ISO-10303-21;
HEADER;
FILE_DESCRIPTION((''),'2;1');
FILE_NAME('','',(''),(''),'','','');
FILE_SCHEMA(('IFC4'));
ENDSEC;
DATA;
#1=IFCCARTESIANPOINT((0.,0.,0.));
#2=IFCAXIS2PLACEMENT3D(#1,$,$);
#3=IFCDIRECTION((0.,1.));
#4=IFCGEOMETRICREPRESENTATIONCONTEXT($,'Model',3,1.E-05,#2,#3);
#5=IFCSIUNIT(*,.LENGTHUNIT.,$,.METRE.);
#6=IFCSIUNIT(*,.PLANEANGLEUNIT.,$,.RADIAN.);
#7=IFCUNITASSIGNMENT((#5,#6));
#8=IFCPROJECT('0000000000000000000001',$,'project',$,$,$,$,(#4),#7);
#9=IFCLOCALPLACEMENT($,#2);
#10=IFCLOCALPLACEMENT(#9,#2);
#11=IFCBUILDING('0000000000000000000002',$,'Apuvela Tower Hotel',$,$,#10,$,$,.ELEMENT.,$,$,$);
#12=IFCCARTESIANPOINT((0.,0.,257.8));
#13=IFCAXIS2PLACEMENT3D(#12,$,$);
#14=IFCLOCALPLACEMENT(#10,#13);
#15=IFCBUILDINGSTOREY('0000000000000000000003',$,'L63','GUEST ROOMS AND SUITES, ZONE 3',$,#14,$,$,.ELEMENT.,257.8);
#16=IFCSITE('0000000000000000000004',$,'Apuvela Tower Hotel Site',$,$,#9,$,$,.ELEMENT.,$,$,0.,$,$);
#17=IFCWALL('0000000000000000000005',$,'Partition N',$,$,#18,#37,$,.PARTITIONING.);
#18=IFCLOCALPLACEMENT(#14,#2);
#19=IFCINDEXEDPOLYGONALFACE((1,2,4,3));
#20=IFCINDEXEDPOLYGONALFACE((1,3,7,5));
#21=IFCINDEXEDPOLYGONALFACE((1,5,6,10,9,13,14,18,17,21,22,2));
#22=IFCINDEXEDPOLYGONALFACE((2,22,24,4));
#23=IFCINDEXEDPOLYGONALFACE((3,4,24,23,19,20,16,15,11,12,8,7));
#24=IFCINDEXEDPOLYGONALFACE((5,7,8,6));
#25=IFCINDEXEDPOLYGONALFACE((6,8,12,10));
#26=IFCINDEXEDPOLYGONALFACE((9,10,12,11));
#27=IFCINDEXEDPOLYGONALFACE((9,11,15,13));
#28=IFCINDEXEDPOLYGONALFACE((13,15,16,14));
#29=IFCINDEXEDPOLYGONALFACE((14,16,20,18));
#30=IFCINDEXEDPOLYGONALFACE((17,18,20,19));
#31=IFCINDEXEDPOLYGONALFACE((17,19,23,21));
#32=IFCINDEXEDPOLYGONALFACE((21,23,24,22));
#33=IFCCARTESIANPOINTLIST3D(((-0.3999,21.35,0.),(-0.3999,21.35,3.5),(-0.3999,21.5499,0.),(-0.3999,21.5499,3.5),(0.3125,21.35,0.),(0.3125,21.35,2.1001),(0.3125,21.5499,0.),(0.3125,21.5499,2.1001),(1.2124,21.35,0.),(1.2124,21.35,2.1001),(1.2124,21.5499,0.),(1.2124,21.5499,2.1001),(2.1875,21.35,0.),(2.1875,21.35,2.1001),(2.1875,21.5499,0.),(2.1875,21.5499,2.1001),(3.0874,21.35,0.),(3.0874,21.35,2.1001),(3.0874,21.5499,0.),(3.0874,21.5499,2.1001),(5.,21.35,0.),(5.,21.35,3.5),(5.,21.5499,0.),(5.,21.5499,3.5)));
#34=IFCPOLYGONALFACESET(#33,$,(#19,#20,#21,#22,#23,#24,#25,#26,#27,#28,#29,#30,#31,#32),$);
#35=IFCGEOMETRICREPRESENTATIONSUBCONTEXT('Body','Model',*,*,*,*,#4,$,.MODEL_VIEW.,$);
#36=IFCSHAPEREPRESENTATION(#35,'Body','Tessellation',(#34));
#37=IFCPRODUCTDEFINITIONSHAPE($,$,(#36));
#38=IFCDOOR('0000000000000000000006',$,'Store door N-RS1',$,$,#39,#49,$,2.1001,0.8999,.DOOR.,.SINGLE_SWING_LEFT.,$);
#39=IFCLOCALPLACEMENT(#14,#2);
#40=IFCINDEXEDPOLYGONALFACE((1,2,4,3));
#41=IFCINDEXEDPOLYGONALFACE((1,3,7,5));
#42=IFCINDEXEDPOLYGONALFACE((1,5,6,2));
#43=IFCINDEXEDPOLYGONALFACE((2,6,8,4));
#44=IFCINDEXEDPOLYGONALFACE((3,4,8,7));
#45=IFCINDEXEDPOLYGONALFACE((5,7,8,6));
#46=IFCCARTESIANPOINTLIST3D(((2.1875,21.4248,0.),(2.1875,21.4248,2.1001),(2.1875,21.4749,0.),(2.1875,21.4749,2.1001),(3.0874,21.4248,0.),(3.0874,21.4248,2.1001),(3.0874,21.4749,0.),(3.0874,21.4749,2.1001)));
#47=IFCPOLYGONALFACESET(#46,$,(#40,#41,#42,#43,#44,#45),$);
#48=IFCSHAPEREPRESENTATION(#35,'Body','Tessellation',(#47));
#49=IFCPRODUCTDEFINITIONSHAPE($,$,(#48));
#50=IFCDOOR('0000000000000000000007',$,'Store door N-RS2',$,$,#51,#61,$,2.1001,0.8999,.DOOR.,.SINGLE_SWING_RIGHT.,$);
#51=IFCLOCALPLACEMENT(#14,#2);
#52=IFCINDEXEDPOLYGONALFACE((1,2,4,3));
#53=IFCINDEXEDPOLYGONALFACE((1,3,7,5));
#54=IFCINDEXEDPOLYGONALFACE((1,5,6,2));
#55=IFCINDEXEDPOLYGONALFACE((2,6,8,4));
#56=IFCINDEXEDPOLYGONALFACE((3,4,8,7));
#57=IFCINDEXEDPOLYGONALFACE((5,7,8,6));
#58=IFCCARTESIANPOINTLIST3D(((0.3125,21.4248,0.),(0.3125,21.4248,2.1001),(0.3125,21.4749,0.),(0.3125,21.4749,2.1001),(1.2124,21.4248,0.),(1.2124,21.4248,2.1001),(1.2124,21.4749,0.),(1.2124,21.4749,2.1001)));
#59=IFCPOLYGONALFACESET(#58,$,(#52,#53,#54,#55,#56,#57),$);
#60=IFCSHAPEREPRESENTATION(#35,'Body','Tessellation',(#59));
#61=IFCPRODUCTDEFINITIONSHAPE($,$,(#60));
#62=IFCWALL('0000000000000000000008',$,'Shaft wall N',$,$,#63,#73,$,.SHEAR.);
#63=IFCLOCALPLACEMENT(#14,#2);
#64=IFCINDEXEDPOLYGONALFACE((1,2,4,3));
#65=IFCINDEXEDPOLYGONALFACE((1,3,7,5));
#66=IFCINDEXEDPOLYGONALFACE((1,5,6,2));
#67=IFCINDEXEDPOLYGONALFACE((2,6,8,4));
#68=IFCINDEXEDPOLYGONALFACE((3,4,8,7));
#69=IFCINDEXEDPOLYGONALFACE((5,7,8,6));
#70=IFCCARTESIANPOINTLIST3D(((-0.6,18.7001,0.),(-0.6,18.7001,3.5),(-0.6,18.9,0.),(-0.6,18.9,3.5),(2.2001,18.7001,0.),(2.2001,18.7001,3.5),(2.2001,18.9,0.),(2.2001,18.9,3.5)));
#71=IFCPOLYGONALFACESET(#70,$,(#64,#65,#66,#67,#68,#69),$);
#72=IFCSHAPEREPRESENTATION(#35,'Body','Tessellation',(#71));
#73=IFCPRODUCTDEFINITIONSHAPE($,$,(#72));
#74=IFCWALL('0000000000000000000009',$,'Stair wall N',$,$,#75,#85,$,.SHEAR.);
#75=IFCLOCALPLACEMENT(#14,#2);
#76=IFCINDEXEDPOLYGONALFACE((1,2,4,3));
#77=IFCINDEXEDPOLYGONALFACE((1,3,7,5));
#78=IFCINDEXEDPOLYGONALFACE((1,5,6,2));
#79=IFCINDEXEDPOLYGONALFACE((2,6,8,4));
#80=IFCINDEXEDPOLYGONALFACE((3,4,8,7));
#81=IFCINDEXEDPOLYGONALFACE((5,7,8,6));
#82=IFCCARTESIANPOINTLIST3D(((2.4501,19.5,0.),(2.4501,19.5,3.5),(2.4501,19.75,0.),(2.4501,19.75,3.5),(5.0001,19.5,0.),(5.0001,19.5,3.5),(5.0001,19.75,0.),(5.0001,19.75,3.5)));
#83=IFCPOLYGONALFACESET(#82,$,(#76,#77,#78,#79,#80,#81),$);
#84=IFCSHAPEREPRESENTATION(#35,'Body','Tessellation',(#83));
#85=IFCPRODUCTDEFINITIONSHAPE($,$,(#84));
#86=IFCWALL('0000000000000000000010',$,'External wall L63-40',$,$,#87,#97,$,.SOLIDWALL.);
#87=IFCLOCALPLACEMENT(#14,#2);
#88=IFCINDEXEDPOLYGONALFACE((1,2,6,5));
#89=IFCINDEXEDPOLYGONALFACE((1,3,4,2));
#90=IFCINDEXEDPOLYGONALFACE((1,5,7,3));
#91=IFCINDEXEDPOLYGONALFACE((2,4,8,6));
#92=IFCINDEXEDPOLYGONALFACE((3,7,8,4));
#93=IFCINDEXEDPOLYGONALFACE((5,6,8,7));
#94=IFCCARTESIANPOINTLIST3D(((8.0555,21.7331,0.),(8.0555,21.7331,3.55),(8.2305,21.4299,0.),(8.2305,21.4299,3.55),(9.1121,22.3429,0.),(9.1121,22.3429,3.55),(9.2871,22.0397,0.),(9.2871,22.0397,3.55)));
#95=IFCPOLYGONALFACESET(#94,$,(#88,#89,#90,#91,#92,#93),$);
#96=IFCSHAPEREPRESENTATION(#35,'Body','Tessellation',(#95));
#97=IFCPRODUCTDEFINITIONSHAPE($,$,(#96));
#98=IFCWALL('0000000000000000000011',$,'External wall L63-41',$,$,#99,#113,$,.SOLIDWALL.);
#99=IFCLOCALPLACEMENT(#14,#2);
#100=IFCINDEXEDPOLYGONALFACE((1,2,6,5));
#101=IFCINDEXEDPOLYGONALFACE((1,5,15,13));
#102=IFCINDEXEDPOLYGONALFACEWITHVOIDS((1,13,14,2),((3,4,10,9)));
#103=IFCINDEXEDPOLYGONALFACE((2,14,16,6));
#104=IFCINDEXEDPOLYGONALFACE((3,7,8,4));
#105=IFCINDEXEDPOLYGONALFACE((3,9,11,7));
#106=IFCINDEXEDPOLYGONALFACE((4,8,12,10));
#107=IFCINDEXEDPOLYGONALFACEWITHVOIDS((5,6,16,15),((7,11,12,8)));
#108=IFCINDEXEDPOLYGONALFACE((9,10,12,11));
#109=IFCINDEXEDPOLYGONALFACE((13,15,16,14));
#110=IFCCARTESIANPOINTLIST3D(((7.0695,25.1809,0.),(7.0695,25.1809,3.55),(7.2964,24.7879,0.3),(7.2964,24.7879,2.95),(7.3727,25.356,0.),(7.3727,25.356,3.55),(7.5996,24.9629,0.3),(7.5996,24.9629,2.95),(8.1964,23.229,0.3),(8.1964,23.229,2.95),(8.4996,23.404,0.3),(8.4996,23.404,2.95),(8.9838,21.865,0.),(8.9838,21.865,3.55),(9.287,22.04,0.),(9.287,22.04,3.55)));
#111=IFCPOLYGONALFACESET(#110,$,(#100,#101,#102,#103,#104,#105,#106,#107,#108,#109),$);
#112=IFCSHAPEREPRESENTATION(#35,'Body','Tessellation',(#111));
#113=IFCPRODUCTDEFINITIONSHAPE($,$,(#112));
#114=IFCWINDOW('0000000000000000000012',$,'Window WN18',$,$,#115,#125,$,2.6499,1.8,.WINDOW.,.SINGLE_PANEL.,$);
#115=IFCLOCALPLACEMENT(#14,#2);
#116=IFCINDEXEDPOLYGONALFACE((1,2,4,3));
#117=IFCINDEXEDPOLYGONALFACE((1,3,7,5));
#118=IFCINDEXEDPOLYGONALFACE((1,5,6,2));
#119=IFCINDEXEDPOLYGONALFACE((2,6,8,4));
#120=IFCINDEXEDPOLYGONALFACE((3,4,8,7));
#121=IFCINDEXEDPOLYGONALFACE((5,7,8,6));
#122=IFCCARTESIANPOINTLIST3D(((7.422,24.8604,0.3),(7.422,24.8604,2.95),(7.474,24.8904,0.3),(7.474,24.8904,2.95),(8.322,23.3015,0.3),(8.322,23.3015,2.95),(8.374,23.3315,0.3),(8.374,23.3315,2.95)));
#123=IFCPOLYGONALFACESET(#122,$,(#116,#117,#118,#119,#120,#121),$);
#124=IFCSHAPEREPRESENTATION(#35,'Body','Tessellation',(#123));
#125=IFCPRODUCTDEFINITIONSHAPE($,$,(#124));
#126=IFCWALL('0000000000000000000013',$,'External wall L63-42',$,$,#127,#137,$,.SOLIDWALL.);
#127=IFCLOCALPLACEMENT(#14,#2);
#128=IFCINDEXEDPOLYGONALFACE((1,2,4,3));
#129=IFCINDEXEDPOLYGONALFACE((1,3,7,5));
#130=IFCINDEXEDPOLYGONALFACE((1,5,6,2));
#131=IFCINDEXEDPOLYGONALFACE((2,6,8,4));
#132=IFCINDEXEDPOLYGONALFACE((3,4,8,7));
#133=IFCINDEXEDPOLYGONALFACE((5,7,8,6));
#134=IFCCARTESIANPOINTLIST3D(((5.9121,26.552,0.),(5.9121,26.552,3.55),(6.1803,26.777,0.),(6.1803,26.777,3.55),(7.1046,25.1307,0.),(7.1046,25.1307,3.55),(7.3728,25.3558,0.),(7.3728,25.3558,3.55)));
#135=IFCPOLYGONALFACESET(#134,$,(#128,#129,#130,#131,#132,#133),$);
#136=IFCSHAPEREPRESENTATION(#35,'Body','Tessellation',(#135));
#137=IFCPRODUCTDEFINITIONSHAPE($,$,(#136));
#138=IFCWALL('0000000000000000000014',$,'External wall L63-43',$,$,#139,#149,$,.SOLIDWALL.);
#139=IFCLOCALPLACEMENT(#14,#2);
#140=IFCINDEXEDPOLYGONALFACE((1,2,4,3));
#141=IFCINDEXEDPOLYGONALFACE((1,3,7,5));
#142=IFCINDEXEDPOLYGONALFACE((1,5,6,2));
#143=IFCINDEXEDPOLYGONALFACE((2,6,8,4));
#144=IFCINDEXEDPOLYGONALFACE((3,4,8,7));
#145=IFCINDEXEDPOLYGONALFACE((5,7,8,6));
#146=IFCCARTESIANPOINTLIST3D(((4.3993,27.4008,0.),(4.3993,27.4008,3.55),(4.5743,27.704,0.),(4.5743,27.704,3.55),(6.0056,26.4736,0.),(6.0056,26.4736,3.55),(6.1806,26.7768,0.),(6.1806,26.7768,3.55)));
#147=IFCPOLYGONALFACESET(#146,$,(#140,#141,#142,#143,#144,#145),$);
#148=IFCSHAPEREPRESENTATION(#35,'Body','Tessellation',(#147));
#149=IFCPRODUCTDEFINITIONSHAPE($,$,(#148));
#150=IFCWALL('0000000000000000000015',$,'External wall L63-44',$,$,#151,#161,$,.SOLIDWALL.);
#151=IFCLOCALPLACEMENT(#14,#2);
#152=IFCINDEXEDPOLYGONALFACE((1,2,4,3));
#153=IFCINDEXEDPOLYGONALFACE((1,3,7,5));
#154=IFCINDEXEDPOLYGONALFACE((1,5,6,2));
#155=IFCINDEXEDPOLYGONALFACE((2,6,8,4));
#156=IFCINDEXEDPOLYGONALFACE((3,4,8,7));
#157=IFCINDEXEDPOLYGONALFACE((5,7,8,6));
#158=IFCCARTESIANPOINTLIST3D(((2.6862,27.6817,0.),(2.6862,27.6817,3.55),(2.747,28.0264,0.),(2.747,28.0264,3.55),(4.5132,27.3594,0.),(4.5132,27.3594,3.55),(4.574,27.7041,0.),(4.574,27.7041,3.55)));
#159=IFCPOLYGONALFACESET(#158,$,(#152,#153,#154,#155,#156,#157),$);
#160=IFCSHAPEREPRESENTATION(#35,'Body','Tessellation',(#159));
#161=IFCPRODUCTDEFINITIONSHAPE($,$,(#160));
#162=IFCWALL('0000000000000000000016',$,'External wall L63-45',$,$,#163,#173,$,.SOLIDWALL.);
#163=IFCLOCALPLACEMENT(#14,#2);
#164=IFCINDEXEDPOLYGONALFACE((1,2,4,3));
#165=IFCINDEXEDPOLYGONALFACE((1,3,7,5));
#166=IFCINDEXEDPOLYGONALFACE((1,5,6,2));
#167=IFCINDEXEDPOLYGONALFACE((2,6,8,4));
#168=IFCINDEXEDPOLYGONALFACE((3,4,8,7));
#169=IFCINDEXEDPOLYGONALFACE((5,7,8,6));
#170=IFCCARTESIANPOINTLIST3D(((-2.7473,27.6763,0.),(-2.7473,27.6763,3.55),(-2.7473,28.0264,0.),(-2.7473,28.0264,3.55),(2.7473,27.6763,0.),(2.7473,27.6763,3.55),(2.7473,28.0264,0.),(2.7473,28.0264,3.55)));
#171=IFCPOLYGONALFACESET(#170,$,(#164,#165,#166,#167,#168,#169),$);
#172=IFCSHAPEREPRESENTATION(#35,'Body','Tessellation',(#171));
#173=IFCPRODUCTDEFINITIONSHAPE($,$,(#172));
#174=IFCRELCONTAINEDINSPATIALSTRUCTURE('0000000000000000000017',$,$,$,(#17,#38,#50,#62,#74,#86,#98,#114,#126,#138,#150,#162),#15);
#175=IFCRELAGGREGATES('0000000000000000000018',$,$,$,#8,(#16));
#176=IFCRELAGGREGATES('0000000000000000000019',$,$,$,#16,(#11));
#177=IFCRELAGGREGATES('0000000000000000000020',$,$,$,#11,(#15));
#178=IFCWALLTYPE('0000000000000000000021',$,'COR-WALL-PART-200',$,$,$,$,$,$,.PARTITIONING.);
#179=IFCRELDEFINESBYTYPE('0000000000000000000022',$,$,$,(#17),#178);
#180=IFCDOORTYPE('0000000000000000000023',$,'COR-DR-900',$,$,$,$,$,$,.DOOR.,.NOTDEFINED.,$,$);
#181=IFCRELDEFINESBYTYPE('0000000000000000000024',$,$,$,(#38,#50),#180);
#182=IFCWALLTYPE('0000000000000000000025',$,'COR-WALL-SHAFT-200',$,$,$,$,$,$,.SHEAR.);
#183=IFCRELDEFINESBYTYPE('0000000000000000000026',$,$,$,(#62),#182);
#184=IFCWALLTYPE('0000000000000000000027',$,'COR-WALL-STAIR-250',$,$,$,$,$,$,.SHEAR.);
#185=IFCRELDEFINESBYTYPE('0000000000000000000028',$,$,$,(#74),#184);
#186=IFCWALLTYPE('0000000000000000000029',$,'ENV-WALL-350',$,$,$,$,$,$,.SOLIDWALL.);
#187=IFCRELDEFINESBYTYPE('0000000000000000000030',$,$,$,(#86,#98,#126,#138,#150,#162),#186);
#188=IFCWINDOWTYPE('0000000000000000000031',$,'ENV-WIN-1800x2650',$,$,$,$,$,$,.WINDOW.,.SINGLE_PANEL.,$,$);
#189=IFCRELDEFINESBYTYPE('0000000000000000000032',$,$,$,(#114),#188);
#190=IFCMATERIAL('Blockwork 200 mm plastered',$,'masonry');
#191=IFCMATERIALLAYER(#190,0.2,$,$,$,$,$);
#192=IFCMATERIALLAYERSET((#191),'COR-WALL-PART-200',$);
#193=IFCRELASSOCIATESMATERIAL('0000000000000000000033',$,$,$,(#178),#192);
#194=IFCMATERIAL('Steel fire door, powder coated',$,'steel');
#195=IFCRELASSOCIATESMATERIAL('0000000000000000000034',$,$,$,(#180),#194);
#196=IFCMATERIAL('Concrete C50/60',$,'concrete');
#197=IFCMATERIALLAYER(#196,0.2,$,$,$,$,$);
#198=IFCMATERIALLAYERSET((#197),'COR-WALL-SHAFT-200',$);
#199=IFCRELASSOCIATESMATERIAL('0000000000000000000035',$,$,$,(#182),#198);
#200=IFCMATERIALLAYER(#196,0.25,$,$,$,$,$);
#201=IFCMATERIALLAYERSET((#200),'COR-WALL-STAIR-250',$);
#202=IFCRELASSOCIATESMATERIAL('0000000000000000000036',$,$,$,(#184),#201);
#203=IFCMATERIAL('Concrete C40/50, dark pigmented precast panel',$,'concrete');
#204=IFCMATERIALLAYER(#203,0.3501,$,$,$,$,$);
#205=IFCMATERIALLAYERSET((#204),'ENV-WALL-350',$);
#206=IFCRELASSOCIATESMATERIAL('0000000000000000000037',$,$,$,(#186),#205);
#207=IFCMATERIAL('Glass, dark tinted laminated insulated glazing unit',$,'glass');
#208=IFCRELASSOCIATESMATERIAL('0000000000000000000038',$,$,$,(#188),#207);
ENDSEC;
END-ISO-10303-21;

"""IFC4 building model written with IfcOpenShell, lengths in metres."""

from ifc_helpers import new_model, si_unit, direction, frame, frame_2d, origin, place, context, subcontext, project, spatial, rectangle, extrude, material, layer, layer_set, type_object, element, fill, save


model = new_model("IFC4")

# Units and contexts
model_context = context("Model", 3, precision=1e-05, world=origin(), true_north=direction((0.0, 1.0)))
body_context = subcontext(model_context, "Body", "Model", "MODEL_VIEW")
ifc_project = project(units=[si_unit("LENGTHUNIT", "METRE"), si_unit("PLANEANGLEUNIT", "RADIAN")], contexts=[model_context])

# Site, building, storey
site_placement = place(None, origin())
site = spatial("IfcSite", under=ifc_project, at=site_placement, Name="Apuvela Tower Hotel Site", CompositionType="ELEMENT", RefElevation=0.0)
building_placement = place(site_placement, origin())
building = spatial("IfcBuilding", under=site, at=building_placement, Name="Apuvela Tower Hotel", CompositionType="ELEMENT")
storey_placement = place(building_placement, frame((0.0, 0.0, 257.8)))
storey = spatial("IfcBuildingStorey", under=building, at=storey_placement, Name="L63", Description="GUEST ROOMS AND SUITES, ZONE 3", CompositionType="ELEMENT", Elevation=257.8)

# Wall, openings, doors
ifc_material_1 = material(Name="Blockwork 200 mm plastered", Category="masonry")
ifc_layer_1 = layer(ifc_material_1, 0.2)
ifc_layer_set_1 = layer_set([ifc_layer_1], Name="COR-WALL-PART-200")
wall_type_1 = type_object("IfcWallType", Name="COR-WALL-PART-200", PredefinedType="PARTITIONING", material=ifc_layer_set_1)
wall_1_placement = place(storey_placement, frame((5.0, 21.45, 0.0), z_axis=(0.0, 0.0, 1.0), x_axis=(-1.0, 0.0, 0.0)))
wall_1 = element("IfcWall", 1, at=wall_1_placement, inside=storey, type_object=wall_type_1, Name="Partition N", PredefinedType="PARTITIONING", context=body_context, shape_type="SweptSolid", body=[
    extrude(rectangle(XDim=5.3999, YDim=0.2, at=frame_2d((2.7, 0.0))), origin(), (0.0, 0.0, 1.0), 3.5),
])
opening_1_placement = place(wall_1_placement, frame((1.9126, 0.0, 0.0)))
opening_1 = element("IfcOpeningElement", 2, at=opening_1_placement, cuts=wall_1, PredefinedType="OPENING", context=body_context, shape_type="SweptSolid", body=[
    extrude(rectangle(XDim=0.8999, YDim=2.1001, at=frame_2d((0.45, 1.05))), frame((0.0, 0.1099, 0.0), z_axis=(0.0, -1.0, 0.0), x_axis=(1.0, 0.0, 0.0)), (0.0, 0.0, 1.0), 0.22),
])
opening_2_placement = place(wall_1_placement, frame((3.7876, 0.0, 0.0)))
opening_2 = element("IfcOpeningElement", 3, at=opening_2_placement, cuts=wall_1, PredefinedType="OPENING", context=body_context, shape_type="SweptSolid", body=[
    extrude(rectangle(XDim=0.8999, YDim=2.1001, at=frame_2d((0.45, 1.05))), frame((0.0, 0.1099, 0.0), z_axis=(0.0, -1.0, 0.0), x_axis=(1.0, 0.0, 0.0)), (0.0, 0.0, 1.0), 0.22),
])
ifc_material_2 = material(Name="Steel fire door, powder coated", Category="steel")
door_type_1 = type_object("IfcDoorType", Name="COR-DR-900", OperationType="NOTDEFINED", PredefinedType="DOOR", material=ifc_material_2)
door_1_placement = place(opening_1_placement, frame((0.8999, 0.0, 0.0), z_axis=(0.0, 0.0, 1.0), x_axis=(-1.0, 0.0, 0.0)))
door_1 = element("IfcDoor", 4, at=door_1_placement, inside=storey, type_object=door_type_1, Name="Store door N-RS1", OperationType="SINGLE_SWING_LEFT", OverallHeight=2.1001, OverallWidth=0.8999, PredefinedType="DOOR", context=body_context, shape_type="SweptSolid", body=[
    extrude(rectangle(XDim=0.8999, YDim=2.1001, at=frame_2d((0.45, 1.05))), frame((0.0, 0.0249, 0.0), z_axis=(0.0, -1.0, 0.0), x_axis=(1.0, 0.0, 0.0)), (0.0, 0.0, 1.0), 0.05),
])
fill(opening_1, door_1)
door_2_placement = place(opening_2_placement, frame((0.8999, 0.0, 0.0), z_axis=(0.0, 0.0, 1.0), x_axis=(-1.0, 0.0, 0.0)))
door_2 = element("IfcDoor", 5, at=door_2_placement, inside=storey, type_object=door_type_1, Name="Store door N-RS2", OperationType="SINGLE_SWING_RIGHT", OverallHeight=2.1001, OverallWidth=0.8999, PredefinedType="DOOR", context=body_context, shape_type="SweptSolid", body=[
    extrude(rectangle(XDim=0.8999, YDim=2.1001, at=frame_2d((0.45, 1.05))), frame((0.0, 0.0249, 0.0), z_axis=(0.0, -1.0, 0.0), x_axis=(1.0, 0.0, 0.0)), (0.0, 0.0, 1.0), 0.05),
])
fill(opening_2, door_2)

# Walls
ifc_material_3 = material(Name="Concrete C50/60", Category="concrete")
ifc_layer_2 = layer(ifc_material_3, 0.2)
ifc_layer_set_2 = layer_set([ifc_layer_2], Name="COR-WALL-SHAFT-200")
wall_type_2 = type_object("IfcWallType", Name="COR-WALL-SHAFT-200", PredefinedType="SHEAR", material=ifc_layer_set_2)
wall_2_placement = place(storey_placement, frame((2.2, 18.8, 0.0), z_axis=(0.0, 0.0, 1.0), x_axis=(-1.0, 0.0, 0.0)))
element("IfcWall", 6, at=wall_2_placement, inside=storey, type_object=wall_type_2, Name="Shaft wall N", PredefinedType="SHEAR", context=body_context, shape_type="SweptSolid", body=[
    extrude(rectangle(XDim=2.8, YDim=0.2, at=frame_2d((1.3999, 0.0))), origin(), (0.0, 0.0, 1.0), 3.5),
])
ifc_layer_3 = layer(ifc_material_3, 0.25)
ifc_layer_set_3 = layer_set([ifc_layer_3], Name="COR-WALL-STAIR-250")
wall_type_3 = type_object("IfcWallType", Name="COR-WALL-STAIR-250", PredefinedType="SHEAR", material=ifc_layer_set_3)
wall_3_placement = place(storey_placement, frame((5.0, 19.625, 0.0), z_axis=(0.0, 0.0, 1.0), x_axis=(-1.0, 0.0, 0.0)))
element("IfcWall", 7, at=wall_3_placement, inside=storey, type_object=wall_type_3, Name="Stair wall N", PredefinedType="SHEAR", context=body_context, shape_type="SweptSolid", body=[
    extrude(rectangle(XDim=2.55, YDim=0.25, at=frame_2d((1.2749, 0.0))), origin(), (0.0, 0.0, 1.0), 3.5),
])
ifc_material_4 = material(Name="Concrete C40/50, dark pigmented precast panel", Category="concrete")
ifc_layer_4 = layer(ifc_material_4, 0.3501)
ifc_layer_set_4 = layer_set([ifc_layer_4], Name="ENV-WALL-350")
wall_type_4 = type_object("IfcWallType", Name="ENV-WALL-350", PredefinedType="SOLIDWALL", material=ifc_layer_set_4)
wall_4_placement = place(storey_placement, frame((8.1431, 21.5815, 0.0), z_axis=(0.0, 0.0, 1.0), x_axis=(0.866092, 0.499884, 0.0)))
element("IfcWall", 8, at=wall_4_placement, inside=storey, type_object=wall_type_4, Name="External wall L63-40", PredefinedType="SOLIDWALL", context=body_context, shape_type="SweptSolid", body=[
    extrude(rectangle(XDim=1.22, YDim=0.3501, at=frame_2d((0.6099, 0.0))), origin(), (0.0, 0.0, 1.0), 3.55),
])

# Wall, opening, window
wall_5_placement = place(storey_placement, frame((9.1355, 21.9524, 0.0), z_axis=(0.0, 0.0, 1.0), x_axis=(-0.499973, 0.866041, 0.0)))
wall_5 = element("IfcWall", 9, at=wall_5_placement, inside=storey, type_object=wall_type_4, Name="External wall L63-41", PredefinedType="SOLIDWALL", context=body_context, shape_type="SweptSolid", body=[
    extrude(rectangle(XDim=3.8289, YDim=0.3501, at=frame_2d((1.9146, 0.0))), origin(), (0.0, 0.0, 1.0), 3.55),
])
opening_3_placement = place(wall_5_placement, frame((1.5752, 0.0, 0.3)))
opening_3 = element("IfcOpeningElement", 10, at=opening_3_placement, cuts=wall_5, PredefinedType="OPENING", context=body_context, shape_type="SweptSolid", body=[
    extrude(rectangle(XDim=1.8, YDim=2.6499, at=frame_2d((0.8999, 1.325))), frame((0.0, 0.1851, 0.0), z_axis=(0.0, -1.0, 0.0), x_axis=(1.0, 0.0, 0.0)), (0.0, 0.0, 1.0), 0.3701),
])
ifc_material_5 = material(Name="Glass, dark tinted laminated insulated glazing unit", Category="glass")
window_type = type_object("IfcWindowType", Name="ENV-WIN-1800x2650", PartitioningType="SINGLE_PANEL", PredefinedType="WINDOW", material=ifc_material_5)
window_placement = place(opening_3_placement, origin())
window = element("IfcWindow", 11, at=window_placement, inside=storey, type_object=window_type, Name="Window WN18", OverallHeight=2.6499, OverallWidth=1.8, PartitioningType="SINGLE_PANEL", PredefinedType="WINDOW", context=body_context, shape_type="SweptSolid", body=[
    extrude(rectangle(XDim=1.8, YDim=2.6499, at=frame_2d((0.8999, 1.325))), frame((0.0, 0.03, 0.0), z_axis=(0.0, -1.0, 0.0), x_axis=(1.0, 0.0, 0.0)), (0.0, 0.0, 1.0), 0.0601),
])
fill(opening_3, window)

# Walls
wall_6_placement = place(storey_placement, frame((7.2388, 25.2432, 0.0), z_axis=(0.0, 0.0, 1.0), x_axis=(-0.642757, 0.76607, 0.0)))
element("IfcWall", 12, at=wall_6_placement, inside=storey, type_object=wall_type_4, Name="External wall L63-42", PredefinedType="SOLIDWALL", context=body_context, shape_type="SweptSolid", body=[
    extrude(rectangle(XDim=1.8552, YDim=0.3501, at=frame_2d((0.9277, 0.0))), origin(), (0.0, 0.0, 1.0), 3.55),
])
wall_7_placement = place(storey_placement, frame((6.093, 26.6252, 0.0), z_axis=(0.0, 0.0, 1.0), x_axis=(-0.86608, 0.499905, 0.0)))
element("IfcWall", 13, at=wall_7_placement, inside=storey, type_object=wall_type_4, Name="External wall L63-43", PredefinedType="SOLIDWALL", context=body_context, shape_type="SweptSolid", body=[
    extrude(rectangle(XDim=1.8547, YDim=0.3501, at=frame_2d((0.9272, 0.0))), origin(), (0.0, 0.0, 1.0), 3.55),
])
wall_8_placement = place(storey_placement, frame((4.5437, 27.5317, 0.0), z_axis=(0.0, 0.0, 1.0), x_axis=(-0.984795, 0.173718, 0.0)))
element("IfcWall", 14, at=wall_8_placement, inside=storey, type_object=wall_type_4, Name="External wall L63-44", PredefinedType="SOLIDWALL", context=body_context, shape_type="SweptSolid", body=[
    extrude(rectangle(XDim=1.8552, YDim=0.3501, at=frame_2d((0.9277, 0.0))), origin(), (0.0, 0.0, 1.0), 3.55),
])
wall_9_placement = place(storey_placement, frame((2.7473, 27.8513, 0.0), z_axis=(0.0, 0.0, 1.0), x_axis=(-1.0, 0.0, 0.0)))
element("IfcWall", 15, at=wall_9_placement, inside=storey, type_object=wall_type_4, Name="External wall L63-45", PredefinedType="SOLIDWALL", context=body_context, shape_type="SweptSolid", body=[
    extrude(rectangle(XDim=5.4946, YDim=0.3501, at=frame_2d((2.7473, 0.0))), origin(), (0.0, 0.0, 1.0), 3.55),
])

save(model, "model.ifc")
